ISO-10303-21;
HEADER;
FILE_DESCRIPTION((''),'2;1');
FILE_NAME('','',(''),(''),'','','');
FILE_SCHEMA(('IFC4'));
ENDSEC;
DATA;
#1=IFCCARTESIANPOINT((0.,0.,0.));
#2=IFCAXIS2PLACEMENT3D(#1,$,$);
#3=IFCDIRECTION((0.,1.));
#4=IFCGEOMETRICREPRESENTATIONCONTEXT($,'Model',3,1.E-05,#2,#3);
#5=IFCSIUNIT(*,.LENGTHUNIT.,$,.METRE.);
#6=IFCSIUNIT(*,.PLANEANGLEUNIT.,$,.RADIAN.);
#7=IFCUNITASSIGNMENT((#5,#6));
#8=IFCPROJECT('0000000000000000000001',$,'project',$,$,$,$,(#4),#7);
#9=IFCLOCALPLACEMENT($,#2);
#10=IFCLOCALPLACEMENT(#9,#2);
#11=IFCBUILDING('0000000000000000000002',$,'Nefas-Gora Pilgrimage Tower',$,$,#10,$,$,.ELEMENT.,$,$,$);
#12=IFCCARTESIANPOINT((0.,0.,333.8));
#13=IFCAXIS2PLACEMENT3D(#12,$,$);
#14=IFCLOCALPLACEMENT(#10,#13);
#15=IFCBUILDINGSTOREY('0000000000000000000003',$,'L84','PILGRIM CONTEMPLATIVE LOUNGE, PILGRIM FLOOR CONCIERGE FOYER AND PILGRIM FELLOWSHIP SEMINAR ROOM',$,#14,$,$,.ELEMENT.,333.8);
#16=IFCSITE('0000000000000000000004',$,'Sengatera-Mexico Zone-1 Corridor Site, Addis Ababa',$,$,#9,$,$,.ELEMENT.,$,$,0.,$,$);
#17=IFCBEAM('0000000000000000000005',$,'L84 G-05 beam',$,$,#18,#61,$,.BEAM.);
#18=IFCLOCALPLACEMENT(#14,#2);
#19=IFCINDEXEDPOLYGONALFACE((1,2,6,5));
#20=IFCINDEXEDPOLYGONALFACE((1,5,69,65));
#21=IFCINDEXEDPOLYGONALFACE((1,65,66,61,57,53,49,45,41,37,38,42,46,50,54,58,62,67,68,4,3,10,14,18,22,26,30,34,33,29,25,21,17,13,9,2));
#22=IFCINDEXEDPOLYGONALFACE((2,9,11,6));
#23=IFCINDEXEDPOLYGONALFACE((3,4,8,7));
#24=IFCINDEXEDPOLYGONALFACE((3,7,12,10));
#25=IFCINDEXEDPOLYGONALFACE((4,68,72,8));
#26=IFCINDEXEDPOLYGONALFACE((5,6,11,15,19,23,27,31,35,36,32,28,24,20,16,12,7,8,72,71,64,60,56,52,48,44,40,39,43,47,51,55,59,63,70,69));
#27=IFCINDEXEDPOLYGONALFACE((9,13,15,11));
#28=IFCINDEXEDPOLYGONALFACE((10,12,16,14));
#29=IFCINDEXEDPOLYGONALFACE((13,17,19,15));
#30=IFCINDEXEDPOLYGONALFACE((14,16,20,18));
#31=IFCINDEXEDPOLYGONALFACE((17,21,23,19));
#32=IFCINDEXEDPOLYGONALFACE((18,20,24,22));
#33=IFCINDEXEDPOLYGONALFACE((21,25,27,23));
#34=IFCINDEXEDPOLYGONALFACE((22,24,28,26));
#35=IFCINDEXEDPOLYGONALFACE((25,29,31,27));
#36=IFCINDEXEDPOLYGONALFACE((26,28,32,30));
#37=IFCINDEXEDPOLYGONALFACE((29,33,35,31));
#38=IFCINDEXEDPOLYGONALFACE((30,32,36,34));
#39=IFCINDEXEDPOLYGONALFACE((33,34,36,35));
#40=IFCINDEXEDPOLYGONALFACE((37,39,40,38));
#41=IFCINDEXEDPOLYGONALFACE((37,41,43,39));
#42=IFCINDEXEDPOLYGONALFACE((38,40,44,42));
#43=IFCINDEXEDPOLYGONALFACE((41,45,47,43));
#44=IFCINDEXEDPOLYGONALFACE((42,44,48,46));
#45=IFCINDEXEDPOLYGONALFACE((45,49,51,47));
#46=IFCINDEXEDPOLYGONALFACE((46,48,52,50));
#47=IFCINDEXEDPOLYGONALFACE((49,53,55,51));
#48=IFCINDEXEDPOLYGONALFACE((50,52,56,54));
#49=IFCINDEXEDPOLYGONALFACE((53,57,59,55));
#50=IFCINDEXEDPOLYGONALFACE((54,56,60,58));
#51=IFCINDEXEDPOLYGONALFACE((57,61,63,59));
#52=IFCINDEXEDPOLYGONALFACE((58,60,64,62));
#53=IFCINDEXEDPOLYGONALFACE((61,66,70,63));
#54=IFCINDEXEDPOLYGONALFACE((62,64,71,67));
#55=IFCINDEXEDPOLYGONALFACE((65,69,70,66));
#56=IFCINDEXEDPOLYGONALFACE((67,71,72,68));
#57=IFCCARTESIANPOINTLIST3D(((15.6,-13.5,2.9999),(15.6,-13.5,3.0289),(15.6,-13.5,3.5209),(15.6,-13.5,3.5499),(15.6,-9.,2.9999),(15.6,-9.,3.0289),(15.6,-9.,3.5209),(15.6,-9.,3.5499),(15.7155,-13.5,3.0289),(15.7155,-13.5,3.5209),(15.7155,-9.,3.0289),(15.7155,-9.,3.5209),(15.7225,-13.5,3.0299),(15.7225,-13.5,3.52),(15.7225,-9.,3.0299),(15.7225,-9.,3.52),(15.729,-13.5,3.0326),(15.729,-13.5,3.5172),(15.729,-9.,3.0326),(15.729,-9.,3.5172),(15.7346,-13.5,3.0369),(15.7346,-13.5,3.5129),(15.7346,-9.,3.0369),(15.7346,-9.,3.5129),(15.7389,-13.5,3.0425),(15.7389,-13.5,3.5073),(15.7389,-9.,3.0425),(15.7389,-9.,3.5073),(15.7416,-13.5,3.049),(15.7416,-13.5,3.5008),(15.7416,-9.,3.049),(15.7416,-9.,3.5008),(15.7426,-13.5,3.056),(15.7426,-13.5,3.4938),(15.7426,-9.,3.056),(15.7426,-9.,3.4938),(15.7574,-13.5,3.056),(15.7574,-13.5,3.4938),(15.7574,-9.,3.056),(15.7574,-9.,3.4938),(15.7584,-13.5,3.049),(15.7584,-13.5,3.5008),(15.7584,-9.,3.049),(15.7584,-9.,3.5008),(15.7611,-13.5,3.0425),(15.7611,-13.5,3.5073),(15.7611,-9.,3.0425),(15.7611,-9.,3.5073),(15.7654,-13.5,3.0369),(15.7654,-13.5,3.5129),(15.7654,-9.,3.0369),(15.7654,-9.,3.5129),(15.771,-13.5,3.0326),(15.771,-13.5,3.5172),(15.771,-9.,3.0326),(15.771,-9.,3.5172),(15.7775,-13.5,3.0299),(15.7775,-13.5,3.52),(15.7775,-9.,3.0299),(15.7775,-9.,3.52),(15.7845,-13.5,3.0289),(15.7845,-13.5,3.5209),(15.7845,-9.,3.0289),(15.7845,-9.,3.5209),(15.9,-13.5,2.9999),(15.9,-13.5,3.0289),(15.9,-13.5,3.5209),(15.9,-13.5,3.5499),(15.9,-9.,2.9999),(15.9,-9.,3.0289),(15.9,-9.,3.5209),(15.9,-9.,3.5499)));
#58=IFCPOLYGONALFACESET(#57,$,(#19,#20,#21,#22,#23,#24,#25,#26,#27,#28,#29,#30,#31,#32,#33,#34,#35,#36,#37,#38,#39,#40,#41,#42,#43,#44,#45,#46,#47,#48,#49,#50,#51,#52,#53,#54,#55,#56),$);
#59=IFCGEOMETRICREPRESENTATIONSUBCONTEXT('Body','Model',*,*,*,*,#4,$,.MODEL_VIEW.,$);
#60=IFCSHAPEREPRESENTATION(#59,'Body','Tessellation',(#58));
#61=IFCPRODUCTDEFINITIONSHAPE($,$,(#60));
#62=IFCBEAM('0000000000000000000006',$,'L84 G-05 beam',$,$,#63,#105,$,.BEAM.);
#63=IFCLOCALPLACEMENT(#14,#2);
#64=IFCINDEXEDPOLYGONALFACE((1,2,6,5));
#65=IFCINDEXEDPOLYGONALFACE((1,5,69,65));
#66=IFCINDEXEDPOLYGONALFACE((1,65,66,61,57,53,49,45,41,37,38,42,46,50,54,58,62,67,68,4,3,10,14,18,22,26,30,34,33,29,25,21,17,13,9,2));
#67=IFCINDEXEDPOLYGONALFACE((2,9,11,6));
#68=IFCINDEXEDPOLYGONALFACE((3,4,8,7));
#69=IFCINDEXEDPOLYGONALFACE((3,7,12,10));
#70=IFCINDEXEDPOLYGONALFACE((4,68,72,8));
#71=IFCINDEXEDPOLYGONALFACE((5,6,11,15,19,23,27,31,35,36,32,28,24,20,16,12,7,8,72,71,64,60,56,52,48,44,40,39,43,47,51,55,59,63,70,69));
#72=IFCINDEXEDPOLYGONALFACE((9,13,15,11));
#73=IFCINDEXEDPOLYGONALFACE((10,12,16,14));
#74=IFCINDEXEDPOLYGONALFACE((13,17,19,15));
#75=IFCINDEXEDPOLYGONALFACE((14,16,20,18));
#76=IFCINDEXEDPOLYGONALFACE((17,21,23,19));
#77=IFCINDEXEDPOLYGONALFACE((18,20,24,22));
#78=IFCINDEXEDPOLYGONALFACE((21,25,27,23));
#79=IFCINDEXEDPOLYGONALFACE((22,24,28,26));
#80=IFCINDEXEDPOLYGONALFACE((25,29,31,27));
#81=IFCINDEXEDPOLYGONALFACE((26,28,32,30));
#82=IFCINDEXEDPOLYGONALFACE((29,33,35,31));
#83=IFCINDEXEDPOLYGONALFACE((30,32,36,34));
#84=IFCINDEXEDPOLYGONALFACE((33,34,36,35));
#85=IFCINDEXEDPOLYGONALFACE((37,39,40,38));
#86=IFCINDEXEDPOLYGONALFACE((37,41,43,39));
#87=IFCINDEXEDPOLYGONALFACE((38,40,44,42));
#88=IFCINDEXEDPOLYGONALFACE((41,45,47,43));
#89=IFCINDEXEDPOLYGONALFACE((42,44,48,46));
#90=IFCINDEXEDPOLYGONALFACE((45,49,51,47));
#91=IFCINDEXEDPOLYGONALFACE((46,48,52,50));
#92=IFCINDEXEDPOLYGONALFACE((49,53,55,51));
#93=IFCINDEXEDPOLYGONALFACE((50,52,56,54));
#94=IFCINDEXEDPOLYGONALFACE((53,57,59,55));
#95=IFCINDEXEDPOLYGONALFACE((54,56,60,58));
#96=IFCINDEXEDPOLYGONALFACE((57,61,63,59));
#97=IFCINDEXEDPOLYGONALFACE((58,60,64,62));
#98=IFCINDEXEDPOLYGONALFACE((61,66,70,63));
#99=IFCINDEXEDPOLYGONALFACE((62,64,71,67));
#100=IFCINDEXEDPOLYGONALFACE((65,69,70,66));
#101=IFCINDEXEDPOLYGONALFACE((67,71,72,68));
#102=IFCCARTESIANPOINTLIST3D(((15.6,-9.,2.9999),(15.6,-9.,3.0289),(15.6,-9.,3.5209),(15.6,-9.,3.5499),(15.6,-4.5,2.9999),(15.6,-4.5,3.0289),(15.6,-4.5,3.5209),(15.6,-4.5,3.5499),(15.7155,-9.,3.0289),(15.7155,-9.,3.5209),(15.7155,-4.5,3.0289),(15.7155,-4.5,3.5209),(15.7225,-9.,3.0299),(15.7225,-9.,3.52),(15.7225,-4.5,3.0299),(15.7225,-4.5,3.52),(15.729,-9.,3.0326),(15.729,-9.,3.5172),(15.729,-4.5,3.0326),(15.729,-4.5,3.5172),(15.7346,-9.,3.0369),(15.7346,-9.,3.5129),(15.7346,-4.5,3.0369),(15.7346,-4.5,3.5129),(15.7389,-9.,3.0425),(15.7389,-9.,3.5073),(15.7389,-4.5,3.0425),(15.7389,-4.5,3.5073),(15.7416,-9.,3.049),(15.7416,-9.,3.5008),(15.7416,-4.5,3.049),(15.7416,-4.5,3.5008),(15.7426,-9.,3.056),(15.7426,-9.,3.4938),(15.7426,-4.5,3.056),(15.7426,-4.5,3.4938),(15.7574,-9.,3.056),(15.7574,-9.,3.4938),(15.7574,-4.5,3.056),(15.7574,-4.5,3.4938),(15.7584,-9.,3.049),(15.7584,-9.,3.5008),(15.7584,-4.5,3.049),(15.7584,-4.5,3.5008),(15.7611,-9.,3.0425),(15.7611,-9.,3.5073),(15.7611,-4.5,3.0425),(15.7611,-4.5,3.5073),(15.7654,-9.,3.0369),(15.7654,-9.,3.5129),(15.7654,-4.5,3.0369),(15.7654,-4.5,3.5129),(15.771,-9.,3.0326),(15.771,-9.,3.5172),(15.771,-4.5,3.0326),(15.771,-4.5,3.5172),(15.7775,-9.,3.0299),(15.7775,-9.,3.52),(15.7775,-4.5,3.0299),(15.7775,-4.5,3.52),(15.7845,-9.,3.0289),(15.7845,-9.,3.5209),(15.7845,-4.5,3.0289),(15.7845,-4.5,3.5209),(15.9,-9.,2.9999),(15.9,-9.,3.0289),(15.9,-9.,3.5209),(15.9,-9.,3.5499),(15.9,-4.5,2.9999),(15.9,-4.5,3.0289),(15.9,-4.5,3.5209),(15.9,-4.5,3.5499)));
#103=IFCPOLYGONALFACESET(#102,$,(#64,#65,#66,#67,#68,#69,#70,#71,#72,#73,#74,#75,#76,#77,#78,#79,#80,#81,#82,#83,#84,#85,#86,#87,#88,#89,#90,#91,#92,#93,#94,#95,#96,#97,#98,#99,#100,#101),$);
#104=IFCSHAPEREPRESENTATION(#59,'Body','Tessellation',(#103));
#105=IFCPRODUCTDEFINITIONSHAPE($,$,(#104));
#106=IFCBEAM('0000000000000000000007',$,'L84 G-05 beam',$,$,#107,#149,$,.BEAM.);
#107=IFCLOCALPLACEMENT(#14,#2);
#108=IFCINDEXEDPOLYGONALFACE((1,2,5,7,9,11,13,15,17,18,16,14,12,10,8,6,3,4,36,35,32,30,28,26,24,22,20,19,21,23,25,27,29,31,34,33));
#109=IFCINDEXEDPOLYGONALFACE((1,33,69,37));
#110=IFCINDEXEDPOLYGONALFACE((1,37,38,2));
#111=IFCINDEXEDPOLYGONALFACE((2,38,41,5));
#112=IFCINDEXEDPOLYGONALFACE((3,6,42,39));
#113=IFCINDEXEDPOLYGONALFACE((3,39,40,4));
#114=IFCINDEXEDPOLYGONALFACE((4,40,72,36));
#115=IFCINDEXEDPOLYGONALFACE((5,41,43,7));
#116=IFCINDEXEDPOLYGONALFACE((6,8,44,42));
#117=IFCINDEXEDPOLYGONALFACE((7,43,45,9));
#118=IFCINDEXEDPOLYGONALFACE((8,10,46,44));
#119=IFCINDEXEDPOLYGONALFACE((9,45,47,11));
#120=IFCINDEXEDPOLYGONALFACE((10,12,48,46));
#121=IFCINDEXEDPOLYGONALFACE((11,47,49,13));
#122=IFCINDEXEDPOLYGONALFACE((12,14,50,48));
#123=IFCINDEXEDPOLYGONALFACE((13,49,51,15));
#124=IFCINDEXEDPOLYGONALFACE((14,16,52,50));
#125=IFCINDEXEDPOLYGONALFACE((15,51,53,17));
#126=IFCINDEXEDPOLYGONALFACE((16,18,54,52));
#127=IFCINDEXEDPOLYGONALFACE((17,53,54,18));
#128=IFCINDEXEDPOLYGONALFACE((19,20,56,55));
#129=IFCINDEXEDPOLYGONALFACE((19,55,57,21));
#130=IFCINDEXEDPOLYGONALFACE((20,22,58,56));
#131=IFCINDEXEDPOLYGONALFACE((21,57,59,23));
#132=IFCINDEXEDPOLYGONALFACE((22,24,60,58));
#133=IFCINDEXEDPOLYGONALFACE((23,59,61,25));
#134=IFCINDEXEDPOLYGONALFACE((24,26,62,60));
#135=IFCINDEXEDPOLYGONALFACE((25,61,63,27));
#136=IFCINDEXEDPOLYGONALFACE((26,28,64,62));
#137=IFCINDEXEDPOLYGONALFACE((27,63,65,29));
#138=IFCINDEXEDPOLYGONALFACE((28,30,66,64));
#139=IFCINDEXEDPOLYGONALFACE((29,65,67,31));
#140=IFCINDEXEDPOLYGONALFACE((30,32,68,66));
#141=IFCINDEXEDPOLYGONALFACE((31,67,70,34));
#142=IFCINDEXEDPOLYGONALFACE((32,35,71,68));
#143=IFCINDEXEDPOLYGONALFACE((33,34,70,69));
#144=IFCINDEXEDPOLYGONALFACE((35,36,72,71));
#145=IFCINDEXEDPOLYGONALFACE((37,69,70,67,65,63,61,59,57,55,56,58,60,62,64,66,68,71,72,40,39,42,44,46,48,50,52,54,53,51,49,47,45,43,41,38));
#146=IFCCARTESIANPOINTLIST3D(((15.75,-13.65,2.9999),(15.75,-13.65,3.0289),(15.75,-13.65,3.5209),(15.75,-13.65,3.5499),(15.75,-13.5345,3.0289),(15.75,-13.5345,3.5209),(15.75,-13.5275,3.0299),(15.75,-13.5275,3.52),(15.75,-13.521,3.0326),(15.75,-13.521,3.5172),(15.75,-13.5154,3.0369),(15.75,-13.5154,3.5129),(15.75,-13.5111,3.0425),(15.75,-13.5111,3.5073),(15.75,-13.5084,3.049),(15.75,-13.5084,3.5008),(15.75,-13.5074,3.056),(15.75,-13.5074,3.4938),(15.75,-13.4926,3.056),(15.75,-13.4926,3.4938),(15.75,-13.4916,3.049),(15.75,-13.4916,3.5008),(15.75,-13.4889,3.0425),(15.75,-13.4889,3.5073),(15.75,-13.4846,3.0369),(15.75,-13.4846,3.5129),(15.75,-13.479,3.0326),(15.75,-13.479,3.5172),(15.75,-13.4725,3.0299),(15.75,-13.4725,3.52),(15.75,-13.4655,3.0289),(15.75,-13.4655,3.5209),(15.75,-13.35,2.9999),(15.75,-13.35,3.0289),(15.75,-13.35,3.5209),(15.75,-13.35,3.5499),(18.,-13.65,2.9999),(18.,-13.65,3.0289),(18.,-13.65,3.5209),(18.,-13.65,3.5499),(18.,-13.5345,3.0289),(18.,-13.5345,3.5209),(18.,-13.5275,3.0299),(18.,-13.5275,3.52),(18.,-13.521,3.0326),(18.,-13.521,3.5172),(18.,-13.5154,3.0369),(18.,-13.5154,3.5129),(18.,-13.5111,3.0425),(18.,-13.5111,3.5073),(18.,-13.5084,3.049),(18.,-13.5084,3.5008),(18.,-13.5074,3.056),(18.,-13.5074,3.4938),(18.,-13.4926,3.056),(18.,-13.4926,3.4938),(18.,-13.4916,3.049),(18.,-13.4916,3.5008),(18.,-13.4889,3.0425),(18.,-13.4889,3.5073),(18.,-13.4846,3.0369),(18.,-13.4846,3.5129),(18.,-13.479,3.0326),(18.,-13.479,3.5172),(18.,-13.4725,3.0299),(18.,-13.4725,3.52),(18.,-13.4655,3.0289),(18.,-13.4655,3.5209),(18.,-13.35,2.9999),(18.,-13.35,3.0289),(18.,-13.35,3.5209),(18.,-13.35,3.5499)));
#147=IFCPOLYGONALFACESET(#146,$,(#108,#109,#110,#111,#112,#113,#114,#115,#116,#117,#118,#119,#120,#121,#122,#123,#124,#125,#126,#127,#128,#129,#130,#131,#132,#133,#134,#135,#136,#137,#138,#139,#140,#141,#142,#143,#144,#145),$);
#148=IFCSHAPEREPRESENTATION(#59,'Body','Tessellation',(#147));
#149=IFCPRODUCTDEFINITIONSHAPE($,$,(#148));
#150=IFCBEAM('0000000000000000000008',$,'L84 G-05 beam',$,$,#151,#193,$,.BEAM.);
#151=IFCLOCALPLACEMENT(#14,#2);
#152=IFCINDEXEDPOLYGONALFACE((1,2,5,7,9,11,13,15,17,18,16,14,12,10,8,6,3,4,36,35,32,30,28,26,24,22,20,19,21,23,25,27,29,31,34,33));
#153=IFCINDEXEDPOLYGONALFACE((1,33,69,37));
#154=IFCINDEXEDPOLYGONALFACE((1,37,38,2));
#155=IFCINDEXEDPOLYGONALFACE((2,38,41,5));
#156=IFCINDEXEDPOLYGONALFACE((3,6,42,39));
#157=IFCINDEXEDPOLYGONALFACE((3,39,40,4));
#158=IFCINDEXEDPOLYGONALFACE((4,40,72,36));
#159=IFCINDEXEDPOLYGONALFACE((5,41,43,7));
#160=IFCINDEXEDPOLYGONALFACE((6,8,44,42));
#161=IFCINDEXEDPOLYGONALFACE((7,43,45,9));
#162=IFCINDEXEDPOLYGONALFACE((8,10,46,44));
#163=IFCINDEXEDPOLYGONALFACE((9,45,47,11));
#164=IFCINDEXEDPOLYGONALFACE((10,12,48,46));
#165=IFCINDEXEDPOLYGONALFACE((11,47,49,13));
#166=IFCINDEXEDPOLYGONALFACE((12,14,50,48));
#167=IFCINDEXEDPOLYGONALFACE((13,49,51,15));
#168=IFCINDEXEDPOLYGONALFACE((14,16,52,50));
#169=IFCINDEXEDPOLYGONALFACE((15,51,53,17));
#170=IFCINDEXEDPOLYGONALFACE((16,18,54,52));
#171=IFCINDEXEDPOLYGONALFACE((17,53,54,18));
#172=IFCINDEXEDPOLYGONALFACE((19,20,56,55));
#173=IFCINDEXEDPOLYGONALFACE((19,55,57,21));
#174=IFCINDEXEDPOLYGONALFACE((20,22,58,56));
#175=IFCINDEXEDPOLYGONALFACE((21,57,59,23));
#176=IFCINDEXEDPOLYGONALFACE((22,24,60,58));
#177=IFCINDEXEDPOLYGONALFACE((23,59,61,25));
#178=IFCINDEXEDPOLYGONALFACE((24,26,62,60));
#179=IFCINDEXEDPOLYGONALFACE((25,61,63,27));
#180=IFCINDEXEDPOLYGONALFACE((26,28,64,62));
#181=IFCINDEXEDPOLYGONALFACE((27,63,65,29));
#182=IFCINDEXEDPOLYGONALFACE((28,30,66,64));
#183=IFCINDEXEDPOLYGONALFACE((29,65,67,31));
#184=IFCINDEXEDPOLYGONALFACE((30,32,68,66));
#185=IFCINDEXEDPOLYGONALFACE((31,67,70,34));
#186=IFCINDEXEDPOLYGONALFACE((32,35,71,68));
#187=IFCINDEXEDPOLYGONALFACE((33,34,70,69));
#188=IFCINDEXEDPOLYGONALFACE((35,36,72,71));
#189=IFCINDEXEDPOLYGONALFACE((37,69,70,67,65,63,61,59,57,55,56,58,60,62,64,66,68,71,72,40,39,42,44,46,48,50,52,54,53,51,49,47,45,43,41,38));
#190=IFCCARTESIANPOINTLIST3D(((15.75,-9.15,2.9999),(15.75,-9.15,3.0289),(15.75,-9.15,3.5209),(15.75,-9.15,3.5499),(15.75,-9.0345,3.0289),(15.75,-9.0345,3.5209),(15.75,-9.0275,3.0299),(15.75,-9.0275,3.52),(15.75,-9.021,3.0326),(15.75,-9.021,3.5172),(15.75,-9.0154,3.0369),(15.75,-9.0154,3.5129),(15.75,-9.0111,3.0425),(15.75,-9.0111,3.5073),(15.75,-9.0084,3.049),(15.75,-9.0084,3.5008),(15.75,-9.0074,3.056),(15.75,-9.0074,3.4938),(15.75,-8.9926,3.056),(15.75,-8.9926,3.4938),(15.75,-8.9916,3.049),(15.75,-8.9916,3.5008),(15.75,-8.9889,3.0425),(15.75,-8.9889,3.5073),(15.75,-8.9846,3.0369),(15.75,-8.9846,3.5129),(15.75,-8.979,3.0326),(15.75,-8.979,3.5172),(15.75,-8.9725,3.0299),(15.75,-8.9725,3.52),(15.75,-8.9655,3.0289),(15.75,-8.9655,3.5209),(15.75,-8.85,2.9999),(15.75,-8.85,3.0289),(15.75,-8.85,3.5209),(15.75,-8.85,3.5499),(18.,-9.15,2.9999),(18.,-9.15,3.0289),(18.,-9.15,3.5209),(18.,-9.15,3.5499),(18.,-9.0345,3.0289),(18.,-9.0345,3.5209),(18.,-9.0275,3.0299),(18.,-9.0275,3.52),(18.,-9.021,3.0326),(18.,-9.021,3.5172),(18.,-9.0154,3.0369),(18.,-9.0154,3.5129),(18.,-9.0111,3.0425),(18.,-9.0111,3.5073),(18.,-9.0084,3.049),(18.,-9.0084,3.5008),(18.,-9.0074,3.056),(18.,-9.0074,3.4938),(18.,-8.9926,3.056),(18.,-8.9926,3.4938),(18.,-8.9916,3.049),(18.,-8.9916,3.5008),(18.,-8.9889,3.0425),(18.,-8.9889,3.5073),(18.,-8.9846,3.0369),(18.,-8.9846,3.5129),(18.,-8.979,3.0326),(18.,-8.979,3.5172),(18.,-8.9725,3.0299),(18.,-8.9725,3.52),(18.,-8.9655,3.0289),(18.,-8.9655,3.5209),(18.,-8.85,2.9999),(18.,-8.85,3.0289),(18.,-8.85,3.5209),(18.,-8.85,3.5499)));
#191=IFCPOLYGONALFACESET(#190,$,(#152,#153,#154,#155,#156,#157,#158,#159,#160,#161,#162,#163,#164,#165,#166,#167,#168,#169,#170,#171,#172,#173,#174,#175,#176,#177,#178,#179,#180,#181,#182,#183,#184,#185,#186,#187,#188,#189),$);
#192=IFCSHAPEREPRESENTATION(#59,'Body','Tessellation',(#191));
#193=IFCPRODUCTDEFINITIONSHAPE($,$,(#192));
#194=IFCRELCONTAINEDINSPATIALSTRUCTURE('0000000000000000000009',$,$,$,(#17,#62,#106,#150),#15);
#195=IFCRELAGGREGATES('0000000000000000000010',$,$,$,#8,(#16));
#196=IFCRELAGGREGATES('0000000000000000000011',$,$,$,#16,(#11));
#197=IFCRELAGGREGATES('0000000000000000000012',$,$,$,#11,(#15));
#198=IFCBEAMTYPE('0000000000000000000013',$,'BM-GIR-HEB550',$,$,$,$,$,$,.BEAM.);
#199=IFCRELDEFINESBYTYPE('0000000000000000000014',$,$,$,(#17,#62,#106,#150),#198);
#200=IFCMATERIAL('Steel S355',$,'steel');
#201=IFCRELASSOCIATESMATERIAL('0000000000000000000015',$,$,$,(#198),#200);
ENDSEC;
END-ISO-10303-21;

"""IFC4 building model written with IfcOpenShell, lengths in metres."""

from ifc_helpers import new_model, si_unit, direction, frame, origin, origin_2d, place, context, subcontext, project, spatial, i_section, extrude, source, transform, mapped, material, material_profile, profile_set, type_object, element, save


model = new_model("IFC4")

# Units and contexts
model_context = context("Model", 3, precision=1e-05, world=origin(), true_north=direction((0.0, 1.0)))
body_context = subcontext(model_context, "Body", "Model", "MODEL_VIEW")
ifc_project = project(units=[si_unit("LENGTHUNIT", "METRE"), si_unit("PLANEANGLEUNIT", "RADIAN")], contexts=[model_context])

# Site, building, storey
site_placement = place(None, origin())
site = spatial("IfcSite", under=ifc_project, at=site_placement, Name="Sengatera-Mexico Zone-1 Corridor Site, Addis Ababa", CompositionType="ELEMENT", RefElevation=0.0)
building_placement = place(site_placement, origin())
building = spatial("IfcBuilding", under=site, at=building_placement, Name="Nefas-Gora Pilgrimage Tower", CompositionType="ELEMENT")
storey_placement = place(building_placement, frame((0.0, 0.0, 333.8)))
storey = spatial("IfcBuildingStorey", under=building, at=storey_placement, Name="L84", Description="PILGRIM CONTEMPLATIVE LOUNGE, PILGRIM FLOOR CONCIERGE FOYER AND PILGRIM FELLOWSHIP SEMINAR ROOM", CompositionType="ELEMENT", Elevation=333.8)

# Shared definitions
ifc_material_1 = material(Name="Steel S355", Category="steel")

# Beams
ifc_material_profile_1 = material_profile(ifc_material_1, i_section(OverallWidth=0.3, OverallDepth=0.55, WebThickness=0.0149, FlangeThickness=0.0291, FilletRadius=0.0271, at=origin_2d()), Name="HEB 550")
ifc_profile_set_1 = profile_set([ifc_material_profile_1], Name="Steel S355")
beam_type_1 = type_object("IfcBeamType", Name="BM-GIR-HEB550", PredefinedType="BEAM", material=ifc_profile_set_1)
shared_shape_1 = source(origin(), body_context, "Body", "SweptSolid", [
    extrude(i_section(OverallWidth=0.3, OverallDepth=0.55, WebThickness=0.0149, FlangeThickness=0.0291, FilletRadius=0.0271, at=origin_2d()), origin(), (0.0, 0.0, 1.0), 4.5),
])
for number, where, z_axis, x_axis, name in (
    (1, (15.75, -13.5, 3.2749), (0.0, 1.0, 0.0), (-1.0, 0.0, 0.0), "L84 G-05 beam"),
    (2, (15.75, -9.0, 3.2749), (0.0, 1.0, 0.0), (-1.0, 0.0, 0.0), "L84 G-05 beam"),
):
    element("IfcBeam", number, at=place(storey_placement, frame(where, z_axis=z_axis, x_axis=x_axis)), inside=storey, type_object=beam_type_1, Name=name, PredefinedType="BEAM", context=body_context, shape_type="MappedRepresentation", body=[
        mapped(shared_shape_1, transform((0.0, 0.0, 0.0), x_axis=(1.0, 0.0, 0.0), y_axis=(0.0, 1.0, 0.0), z_axis=(0.0, 0.0, 1.0), scale=1.0)),
    ])
shared_shape_2 = source(origin(), body_context, "Body", "SweptSolid", [
    extrude(i_section(OverallWidth=0.3, OverallDepth=0.55, WebThickness=0.0149, FlangeThickness=0.0291, FilletRadius=0.0271, at=origin_2d()), origin(), (0.0, 0.0, 1.0), 2.25),
])
for number, where, z_axis, x_axis, name in (
    (3, (15.75, -13.5, 3.2749), (1.0, 0.0, 0.0), (0.0, 1.0, 0.0), "L84 G-05 beam"),
    (4, (15.75, -9.0, 3.2749), (1.0, 0.0, 0.0), (0.0, 1.0, 0.0), "L84 G-05 beam"),
):
    element("IfcBeam", number, at=place(storey_placement, frame(where, z_axis=z_axis, x_axis=x_axis)), inside=storey, type_object=beam_type_1, Name=name, PredefinedType="BEAM", context=body_context, shape_type="MappedRepresentation", body=[
        mapped(shared_shape_2, transform((0.0, 0.0, 0.0), x_axis=(1.0, 0.0, 0.0), y_axis=(0.0, 1.0, 0.0), z_axis=(0.0, 0.0, 1.0), scale=1.0)),
    ])

save(model, "model.ifc")
